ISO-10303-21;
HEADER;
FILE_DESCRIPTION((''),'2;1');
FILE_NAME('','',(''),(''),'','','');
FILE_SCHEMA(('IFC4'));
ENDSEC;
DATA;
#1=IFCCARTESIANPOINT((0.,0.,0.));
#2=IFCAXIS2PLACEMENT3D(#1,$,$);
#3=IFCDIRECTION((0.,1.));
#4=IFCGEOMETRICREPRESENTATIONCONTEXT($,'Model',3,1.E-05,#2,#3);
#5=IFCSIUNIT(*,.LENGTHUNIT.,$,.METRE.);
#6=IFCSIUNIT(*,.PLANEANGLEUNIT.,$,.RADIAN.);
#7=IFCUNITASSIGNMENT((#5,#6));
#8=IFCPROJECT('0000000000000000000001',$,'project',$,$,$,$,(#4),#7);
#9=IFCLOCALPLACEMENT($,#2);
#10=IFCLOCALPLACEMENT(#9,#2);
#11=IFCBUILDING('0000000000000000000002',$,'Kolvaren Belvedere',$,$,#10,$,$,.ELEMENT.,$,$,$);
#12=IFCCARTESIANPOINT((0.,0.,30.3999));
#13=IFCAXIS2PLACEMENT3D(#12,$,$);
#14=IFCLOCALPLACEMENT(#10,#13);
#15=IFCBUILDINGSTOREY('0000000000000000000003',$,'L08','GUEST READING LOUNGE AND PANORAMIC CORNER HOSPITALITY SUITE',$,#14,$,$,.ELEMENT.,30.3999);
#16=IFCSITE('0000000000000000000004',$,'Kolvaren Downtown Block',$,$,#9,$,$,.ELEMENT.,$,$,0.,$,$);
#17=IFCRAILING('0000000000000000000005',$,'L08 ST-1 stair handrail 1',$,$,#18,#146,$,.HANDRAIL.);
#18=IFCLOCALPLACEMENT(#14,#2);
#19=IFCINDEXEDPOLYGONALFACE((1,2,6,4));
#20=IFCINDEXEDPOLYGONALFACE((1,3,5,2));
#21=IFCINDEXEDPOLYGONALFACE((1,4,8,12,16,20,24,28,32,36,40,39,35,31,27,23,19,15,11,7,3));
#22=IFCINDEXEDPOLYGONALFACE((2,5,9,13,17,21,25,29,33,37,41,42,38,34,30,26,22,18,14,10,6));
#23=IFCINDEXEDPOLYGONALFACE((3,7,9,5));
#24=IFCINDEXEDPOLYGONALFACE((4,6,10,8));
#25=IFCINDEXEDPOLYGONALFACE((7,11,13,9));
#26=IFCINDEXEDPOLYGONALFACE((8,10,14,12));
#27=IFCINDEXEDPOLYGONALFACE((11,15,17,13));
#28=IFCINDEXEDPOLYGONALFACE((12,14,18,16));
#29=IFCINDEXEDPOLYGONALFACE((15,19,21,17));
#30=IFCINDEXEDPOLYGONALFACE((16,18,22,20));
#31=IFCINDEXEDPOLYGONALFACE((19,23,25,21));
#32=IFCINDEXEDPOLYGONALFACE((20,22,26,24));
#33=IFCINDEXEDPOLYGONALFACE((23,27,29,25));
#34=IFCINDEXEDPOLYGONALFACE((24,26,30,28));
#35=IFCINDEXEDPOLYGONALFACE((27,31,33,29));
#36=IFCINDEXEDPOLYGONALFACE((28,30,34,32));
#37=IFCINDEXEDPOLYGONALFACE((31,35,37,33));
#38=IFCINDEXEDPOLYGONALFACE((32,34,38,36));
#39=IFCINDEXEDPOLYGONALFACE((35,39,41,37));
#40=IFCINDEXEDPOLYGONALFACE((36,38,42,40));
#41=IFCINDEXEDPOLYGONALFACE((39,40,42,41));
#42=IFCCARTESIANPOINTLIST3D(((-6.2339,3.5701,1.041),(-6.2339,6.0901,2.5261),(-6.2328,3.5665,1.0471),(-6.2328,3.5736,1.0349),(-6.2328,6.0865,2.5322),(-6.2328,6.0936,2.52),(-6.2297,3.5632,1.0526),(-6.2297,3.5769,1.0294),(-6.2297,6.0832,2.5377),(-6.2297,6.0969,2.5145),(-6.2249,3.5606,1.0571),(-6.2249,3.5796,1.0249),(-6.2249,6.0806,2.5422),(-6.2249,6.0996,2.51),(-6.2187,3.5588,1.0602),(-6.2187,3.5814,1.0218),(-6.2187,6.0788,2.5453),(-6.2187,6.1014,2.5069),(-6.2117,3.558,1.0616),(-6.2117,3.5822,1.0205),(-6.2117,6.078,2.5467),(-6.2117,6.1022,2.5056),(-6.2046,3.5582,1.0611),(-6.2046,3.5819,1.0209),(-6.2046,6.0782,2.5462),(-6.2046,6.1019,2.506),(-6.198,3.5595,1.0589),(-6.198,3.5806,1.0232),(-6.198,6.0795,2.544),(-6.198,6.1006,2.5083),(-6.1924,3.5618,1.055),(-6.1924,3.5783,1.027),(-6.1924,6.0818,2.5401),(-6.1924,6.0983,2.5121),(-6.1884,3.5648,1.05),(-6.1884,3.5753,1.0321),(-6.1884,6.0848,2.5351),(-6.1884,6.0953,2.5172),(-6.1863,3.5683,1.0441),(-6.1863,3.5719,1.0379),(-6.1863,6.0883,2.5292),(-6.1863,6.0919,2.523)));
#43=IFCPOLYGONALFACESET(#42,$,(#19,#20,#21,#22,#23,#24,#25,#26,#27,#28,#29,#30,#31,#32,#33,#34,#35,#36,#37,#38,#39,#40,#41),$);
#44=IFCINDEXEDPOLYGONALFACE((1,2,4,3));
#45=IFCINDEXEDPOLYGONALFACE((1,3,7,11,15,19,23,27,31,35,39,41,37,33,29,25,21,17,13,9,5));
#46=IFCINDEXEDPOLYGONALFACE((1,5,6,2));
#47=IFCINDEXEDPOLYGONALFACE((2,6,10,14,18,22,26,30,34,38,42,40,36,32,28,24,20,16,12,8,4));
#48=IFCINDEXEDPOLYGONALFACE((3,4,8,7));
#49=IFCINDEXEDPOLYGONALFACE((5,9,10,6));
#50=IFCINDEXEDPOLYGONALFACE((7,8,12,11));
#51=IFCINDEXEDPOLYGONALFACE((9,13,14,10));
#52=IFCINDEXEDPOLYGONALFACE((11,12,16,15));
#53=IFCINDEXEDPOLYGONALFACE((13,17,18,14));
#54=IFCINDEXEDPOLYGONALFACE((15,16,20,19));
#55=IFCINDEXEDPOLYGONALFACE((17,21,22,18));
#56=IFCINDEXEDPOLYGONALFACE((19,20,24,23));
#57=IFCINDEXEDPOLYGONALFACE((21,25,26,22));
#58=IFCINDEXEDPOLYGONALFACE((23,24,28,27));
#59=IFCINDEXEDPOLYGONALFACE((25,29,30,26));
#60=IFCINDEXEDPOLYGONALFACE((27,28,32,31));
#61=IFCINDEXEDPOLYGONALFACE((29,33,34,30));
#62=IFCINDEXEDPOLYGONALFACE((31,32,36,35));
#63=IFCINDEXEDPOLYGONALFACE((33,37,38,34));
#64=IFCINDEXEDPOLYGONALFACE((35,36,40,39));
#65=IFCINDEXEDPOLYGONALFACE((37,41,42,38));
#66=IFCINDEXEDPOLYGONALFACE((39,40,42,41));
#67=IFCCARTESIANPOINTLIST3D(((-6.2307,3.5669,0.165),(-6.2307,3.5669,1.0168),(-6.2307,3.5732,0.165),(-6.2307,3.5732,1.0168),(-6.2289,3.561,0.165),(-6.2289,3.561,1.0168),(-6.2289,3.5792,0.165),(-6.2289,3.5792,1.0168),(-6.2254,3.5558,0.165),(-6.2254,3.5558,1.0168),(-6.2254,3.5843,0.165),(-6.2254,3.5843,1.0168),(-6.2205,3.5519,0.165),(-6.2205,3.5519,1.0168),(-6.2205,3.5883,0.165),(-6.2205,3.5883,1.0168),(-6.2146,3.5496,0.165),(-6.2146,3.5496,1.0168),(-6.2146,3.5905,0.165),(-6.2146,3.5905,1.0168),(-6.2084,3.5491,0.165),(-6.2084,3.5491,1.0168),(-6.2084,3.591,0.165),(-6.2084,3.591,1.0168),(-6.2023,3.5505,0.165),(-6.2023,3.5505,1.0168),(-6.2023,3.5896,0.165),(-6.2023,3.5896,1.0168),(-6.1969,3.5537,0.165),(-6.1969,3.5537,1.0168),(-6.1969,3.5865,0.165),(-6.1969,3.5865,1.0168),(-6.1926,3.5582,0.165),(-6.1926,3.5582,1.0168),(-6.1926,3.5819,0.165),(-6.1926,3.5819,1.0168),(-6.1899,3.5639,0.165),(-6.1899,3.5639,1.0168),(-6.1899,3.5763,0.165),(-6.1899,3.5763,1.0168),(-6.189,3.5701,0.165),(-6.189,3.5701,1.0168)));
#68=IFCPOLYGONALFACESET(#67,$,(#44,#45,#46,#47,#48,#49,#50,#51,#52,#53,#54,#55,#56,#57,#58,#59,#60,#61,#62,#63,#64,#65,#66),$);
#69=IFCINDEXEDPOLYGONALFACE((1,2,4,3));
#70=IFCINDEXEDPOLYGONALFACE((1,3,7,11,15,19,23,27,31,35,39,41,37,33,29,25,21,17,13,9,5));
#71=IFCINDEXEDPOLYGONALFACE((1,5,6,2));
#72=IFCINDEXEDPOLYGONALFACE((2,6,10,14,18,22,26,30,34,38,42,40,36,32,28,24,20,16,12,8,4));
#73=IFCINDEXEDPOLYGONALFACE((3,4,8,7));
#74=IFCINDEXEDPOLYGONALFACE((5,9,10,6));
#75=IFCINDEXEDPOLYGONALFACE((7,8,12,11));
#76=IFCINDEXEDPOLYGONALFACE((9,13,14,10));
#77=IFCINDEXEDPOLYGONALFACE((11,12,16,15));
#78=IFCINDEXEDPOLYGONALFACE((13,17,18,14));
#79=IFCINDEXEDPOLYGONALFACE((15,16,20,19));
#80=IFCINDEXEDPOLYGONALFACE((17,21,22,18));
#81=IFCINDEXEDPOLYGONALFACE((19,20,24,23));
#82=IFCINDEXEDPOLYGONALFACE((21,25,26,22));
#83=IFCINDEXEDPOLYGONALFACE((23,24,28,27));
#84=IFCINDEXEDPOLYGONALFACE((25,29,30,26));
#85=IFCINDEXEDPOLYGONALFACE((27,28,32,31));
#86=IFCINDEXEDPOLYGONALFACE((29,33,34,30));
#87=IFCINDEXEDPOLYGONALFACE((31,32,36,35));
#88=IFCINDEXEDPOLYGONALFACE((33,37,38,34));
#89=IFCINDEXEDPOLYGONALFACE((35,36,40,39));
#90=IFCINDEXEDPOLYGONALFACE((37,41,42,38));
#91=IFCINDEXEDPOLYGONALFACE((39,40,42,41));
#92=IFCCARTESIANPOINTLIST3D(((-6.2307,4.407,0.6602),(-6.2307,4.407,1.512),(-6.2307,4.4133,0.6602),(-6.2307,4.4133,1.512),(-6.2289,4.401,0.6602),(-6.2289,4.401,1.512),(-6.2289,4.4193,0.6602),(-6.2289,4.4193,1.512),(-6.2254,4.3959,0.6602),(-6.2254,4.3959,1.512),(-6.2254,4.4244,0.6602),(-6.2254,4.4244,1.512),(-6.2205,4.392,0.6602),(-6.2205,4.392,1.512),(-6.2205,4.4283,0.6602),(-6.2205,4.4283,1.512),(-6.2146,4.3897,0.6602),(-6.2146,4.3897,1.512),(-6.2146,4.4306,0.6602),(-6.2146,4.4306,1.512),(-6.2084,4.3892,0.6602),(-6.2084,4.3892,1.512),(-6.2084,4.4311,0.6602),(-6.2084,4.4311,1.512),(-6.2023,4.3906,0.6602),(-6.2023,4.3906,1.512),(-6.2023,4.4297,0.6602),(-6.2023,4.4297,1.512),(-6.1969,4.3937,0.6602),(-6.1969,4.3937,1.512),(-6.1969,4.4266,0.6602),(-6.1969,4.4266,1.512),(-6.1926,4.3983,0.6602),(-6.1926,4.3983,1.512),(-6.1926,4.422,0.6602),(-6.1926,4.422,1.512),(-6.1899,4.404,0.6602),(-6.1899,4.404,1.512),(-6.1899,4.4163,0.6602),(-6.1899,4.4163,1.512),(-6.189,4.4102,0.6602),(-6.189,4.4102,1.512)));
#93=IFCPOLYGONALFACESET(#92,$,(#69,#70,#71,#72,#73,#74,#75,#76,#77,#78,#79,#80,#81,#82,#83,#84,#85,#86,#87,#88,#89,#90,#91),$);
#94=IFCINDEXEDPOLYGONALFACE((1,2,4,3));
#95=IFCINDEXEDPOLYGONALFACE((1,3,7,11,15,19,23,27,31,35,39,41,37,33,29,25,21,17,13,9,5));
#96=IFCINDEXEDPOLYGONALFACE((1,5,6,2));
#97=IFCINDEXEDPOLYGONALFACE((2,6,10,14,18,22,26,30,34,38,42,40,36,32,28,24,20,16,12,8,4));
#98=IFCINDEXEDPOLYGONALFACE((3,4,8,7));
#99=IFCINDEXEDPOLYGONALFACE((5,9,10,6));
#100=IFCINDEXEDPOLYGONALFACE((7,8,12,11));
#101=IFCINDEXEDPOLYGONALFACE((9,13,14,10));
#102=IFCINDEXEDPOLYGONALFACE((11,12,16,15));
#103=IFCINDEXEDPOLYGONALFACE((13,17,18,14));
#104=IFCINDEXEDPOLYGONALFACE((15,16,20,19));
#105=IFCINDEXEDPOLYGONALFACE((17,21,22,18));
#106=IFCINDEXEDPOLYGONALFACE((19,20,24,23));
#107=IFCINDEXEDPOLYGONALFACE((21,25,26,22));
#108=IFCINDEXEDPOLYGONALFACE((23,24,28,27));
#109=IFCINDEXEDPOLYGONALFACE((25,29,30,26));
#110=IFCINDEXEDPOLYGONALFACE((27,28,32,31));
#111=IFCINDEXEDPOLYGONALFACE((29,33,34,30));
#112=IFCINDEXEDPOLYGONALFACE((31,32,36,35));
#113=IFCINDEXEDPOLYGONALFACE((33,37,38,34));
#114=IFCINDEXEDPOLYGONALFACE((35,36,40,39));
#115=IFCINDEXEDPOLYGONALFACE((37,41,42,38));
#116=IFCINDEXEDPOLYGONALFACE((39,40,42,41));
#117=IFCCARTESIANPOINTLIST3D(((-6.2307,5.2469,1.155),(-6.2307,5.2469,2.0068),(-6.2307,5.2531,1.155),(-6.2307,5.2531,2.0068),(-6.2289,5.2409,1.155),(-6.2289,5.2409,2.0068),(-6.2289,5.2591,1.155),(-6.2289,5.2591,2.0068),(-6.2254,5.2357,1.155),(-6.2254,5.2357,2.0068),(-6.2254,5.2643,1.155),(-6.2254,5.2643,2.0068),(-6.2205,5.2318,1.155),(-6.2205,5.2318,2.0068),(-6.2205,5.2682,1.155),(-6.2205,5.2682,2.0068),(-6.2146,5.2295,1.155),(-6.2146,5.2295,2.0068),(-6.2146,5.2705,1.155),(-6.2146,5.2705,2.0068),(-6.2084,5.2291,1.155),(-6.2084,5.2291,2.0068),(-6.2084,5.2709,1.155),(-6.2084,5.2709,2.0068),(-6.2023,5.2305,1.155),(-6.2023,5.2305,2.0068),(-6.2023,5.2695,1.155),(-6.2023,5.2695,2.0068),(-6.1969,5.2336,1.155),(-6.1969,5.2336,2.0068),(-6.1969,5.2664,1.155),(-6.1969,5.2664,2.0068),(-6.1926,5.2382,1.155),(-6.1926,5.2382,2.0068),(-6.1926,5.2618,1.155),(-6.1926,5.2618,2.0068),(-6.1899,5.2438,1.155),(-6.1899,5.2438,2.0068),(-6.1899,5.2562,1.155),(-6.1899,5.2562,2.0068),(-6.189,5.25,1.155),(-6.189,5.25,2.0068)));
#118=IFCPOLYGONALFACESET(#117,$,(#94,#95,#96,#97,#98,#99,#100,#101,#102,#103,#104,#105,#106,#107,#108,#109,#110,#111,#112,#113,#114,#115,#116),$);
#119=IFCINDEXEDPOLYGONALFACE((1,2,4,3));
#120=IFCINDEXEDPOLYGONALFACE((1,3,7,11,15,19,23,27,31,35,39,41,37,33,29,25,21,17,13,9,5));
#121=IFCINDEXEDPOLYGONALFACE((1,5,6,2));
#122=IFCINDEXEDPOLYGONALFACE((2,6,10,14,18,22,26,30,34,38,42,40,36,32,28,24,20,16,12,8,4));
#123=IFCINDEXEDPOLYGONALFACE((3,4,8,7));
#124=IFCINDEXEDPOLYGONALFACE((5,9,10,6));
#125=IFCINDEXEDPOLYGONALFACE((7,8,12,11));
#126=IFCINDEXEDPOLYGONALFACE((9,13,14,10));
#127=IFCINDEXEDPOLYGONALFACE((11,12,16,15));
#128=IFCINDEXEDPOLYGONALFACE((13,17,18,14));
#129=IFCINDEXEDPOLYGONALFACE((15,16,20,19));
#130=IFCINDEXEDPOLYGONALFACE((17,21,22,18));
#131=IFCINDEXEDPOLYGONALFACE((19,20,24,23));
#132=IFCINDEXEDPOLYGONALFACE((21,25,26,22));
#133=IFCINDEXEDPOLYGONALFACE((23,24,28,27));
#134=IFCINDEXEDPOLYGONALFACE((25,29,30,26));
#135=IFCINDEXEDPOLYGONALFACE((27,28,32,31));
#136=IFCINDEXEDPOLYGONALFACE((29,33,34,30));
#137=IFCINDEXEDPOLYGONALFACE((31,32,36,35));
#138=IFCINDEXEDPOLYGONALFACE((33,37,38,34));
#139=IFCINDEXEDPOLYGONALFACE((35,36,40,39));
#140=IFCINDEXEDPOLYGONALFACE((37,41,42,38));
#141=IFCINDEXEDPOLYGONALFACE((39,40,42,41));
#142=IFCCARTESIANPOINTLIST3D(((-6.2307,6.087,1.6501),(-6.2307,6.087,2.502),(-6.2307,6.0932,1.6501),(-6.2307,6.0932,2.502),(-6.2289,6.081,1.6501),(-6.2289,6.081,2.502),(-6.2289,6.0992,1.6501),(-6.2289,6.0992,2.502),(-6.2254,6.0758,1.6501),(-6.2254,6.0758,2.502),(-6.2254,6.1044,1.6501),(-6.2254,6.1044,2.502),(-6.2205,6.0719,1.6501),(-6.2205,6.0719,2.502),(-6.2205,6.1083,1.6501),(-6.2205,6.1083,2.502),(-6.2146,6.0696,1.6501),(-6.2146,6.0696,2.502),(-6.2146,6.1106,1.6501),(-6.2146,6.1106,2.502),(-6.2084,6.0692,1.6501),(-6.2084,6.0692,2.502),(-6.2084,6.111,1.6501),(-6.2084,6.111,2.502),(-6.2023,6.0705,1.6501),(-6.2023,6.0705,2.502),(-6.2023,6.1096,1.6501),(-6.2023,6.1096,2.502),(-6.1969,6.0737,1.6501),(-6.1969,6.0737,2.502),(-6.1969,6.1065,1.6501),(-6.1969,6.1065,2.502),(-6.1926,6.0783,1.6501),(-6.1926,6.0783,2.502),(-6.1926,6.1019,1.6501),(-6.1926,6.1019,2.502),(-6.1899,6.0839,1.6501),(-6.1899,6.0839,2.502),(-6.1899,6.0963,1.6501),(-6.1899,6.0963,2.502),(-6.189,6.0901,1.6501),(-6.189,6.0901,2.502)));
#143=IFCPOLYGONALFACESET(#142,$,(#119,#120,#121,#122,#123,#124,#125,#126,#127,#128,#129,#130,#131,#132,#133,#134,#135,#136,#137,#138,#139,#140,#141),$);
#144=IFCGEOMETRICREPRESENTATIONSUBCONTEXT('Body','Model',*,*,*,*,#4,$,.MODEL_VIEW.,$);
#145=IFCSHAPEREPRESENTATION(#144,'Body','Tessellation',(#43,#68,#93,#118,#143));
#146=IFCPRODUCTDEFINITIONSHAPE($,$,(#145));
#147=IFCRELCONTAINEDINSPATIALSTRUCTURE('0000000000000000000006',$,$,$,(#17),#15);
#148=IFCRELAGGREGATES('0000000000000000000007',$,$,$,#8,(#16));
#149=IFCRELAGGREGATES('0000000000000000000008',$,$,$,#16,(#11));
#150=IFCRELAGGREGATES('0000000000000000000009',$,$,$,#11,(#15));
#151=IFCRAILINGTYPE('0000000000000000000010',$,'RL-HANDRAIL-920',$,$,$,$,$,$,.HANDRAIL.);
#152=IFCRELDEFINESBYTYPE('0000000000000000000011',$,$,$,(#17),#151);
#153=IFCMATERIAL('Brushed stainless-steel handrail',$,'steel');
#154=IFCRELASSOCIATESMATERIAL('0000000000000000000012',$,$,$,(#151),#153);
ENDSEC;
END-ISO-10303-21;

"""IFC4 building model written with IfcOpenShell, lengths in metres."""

from ifc_helpers import new_model, si_unit, direction, frame, origin, origin_2d, place, context, subcontext, project, spatial, circle, extrude, material, type_object, element, save


model = new_model("IFC4")

# Units and contexts
model_context = context("Model", 3, precision=1e-05, world=origin(), true_north=direction((0.0, 1.0)))
body_context = subcontext(model_context, "Body", "Model", "MODEL_VIEW")
ifc_project = project(units=[si_unit("LENGTHUNIT", "METRE"), si_unit("PLANEANGLEUNIT", "RADIAN")], contexts=[model_context])

# Site, building, storey
site_placement = place(None, origin())
site = spatial("IfcSite", under=ifc_project, at=site_placement, Name="Kolvaren Downtown Block", CompositionType="ELEMENT", RefElevation=0.0)
building_placement = place(site_placement, origin())
building = spatial("IfcBuilding", under=site, at=building_placement, Name="Kolvaren Belvedere", CompositionType="ELEMENT")
storey_placement = place(building_placement, frame((0.0, 0.0, 30.3999)))
storey = spatial("IfcBuildingStorey", under=building, at=storey_placement, Name="L08", Description="GUEST READING LOUNGE AND PANORAMIC CORNER HOSPITALITY SUITE", CompositionType="ELEMENT", Elevation=30.3999)

# Railing
ifc_material_1 = material(Name="Brushed stainless-steel handrail", Category="steel")
railing_type_1 = type_object("IfcRailingType", Name="RL-HANDRAIL-920", PredefinedType="HANDRAIL", material=ifc_material_1)
railing_1_placement = place(storey_placement, frame((-6.21, 3.5701, 0.165)))
element("IfcRailing", 1, at=railing_1_placement, inside=storey, type_object=railing_type_1, Name="L08 ST-1 stair handrail 1", PredefinedType="HANDRAIL", context=body_context, shape_type="SweptSolid", body=[
    extrude(circle(Radius=0.0239, at=origin_2d()), frame((0.0, 0.0, 0.876), z_axis=(0.0, 0.861524, 0.507717), x_axis=(-1.0, 0.0, 0.0)), (0.0, 0.0, 1.0), 2.925),
    extrude(circle(Radius=0.021, at=origin_2d()), origin(), (0.0, 0.0, 1.0), 0.8518),
    extrude(circle(Radius=0.021, at=origin_2d()), frame((0.0, 0.8401, 0.4951)), (0.0, 0.0, 1.0), 0.8518),
    extrude(circle(Radius=0.021, at=origin_2d()), frame((0.0, 1.6799, 0.99)), (0.0, 0.0, 1.0), 0.8518),
    extrude(circle(Radius=0.021, at=origin_2d()), frame((0.0, 2.52, 1.4851)), (0.0, 0.0, 1.0), 0.8518),
])

save(model, "model.ifc")
